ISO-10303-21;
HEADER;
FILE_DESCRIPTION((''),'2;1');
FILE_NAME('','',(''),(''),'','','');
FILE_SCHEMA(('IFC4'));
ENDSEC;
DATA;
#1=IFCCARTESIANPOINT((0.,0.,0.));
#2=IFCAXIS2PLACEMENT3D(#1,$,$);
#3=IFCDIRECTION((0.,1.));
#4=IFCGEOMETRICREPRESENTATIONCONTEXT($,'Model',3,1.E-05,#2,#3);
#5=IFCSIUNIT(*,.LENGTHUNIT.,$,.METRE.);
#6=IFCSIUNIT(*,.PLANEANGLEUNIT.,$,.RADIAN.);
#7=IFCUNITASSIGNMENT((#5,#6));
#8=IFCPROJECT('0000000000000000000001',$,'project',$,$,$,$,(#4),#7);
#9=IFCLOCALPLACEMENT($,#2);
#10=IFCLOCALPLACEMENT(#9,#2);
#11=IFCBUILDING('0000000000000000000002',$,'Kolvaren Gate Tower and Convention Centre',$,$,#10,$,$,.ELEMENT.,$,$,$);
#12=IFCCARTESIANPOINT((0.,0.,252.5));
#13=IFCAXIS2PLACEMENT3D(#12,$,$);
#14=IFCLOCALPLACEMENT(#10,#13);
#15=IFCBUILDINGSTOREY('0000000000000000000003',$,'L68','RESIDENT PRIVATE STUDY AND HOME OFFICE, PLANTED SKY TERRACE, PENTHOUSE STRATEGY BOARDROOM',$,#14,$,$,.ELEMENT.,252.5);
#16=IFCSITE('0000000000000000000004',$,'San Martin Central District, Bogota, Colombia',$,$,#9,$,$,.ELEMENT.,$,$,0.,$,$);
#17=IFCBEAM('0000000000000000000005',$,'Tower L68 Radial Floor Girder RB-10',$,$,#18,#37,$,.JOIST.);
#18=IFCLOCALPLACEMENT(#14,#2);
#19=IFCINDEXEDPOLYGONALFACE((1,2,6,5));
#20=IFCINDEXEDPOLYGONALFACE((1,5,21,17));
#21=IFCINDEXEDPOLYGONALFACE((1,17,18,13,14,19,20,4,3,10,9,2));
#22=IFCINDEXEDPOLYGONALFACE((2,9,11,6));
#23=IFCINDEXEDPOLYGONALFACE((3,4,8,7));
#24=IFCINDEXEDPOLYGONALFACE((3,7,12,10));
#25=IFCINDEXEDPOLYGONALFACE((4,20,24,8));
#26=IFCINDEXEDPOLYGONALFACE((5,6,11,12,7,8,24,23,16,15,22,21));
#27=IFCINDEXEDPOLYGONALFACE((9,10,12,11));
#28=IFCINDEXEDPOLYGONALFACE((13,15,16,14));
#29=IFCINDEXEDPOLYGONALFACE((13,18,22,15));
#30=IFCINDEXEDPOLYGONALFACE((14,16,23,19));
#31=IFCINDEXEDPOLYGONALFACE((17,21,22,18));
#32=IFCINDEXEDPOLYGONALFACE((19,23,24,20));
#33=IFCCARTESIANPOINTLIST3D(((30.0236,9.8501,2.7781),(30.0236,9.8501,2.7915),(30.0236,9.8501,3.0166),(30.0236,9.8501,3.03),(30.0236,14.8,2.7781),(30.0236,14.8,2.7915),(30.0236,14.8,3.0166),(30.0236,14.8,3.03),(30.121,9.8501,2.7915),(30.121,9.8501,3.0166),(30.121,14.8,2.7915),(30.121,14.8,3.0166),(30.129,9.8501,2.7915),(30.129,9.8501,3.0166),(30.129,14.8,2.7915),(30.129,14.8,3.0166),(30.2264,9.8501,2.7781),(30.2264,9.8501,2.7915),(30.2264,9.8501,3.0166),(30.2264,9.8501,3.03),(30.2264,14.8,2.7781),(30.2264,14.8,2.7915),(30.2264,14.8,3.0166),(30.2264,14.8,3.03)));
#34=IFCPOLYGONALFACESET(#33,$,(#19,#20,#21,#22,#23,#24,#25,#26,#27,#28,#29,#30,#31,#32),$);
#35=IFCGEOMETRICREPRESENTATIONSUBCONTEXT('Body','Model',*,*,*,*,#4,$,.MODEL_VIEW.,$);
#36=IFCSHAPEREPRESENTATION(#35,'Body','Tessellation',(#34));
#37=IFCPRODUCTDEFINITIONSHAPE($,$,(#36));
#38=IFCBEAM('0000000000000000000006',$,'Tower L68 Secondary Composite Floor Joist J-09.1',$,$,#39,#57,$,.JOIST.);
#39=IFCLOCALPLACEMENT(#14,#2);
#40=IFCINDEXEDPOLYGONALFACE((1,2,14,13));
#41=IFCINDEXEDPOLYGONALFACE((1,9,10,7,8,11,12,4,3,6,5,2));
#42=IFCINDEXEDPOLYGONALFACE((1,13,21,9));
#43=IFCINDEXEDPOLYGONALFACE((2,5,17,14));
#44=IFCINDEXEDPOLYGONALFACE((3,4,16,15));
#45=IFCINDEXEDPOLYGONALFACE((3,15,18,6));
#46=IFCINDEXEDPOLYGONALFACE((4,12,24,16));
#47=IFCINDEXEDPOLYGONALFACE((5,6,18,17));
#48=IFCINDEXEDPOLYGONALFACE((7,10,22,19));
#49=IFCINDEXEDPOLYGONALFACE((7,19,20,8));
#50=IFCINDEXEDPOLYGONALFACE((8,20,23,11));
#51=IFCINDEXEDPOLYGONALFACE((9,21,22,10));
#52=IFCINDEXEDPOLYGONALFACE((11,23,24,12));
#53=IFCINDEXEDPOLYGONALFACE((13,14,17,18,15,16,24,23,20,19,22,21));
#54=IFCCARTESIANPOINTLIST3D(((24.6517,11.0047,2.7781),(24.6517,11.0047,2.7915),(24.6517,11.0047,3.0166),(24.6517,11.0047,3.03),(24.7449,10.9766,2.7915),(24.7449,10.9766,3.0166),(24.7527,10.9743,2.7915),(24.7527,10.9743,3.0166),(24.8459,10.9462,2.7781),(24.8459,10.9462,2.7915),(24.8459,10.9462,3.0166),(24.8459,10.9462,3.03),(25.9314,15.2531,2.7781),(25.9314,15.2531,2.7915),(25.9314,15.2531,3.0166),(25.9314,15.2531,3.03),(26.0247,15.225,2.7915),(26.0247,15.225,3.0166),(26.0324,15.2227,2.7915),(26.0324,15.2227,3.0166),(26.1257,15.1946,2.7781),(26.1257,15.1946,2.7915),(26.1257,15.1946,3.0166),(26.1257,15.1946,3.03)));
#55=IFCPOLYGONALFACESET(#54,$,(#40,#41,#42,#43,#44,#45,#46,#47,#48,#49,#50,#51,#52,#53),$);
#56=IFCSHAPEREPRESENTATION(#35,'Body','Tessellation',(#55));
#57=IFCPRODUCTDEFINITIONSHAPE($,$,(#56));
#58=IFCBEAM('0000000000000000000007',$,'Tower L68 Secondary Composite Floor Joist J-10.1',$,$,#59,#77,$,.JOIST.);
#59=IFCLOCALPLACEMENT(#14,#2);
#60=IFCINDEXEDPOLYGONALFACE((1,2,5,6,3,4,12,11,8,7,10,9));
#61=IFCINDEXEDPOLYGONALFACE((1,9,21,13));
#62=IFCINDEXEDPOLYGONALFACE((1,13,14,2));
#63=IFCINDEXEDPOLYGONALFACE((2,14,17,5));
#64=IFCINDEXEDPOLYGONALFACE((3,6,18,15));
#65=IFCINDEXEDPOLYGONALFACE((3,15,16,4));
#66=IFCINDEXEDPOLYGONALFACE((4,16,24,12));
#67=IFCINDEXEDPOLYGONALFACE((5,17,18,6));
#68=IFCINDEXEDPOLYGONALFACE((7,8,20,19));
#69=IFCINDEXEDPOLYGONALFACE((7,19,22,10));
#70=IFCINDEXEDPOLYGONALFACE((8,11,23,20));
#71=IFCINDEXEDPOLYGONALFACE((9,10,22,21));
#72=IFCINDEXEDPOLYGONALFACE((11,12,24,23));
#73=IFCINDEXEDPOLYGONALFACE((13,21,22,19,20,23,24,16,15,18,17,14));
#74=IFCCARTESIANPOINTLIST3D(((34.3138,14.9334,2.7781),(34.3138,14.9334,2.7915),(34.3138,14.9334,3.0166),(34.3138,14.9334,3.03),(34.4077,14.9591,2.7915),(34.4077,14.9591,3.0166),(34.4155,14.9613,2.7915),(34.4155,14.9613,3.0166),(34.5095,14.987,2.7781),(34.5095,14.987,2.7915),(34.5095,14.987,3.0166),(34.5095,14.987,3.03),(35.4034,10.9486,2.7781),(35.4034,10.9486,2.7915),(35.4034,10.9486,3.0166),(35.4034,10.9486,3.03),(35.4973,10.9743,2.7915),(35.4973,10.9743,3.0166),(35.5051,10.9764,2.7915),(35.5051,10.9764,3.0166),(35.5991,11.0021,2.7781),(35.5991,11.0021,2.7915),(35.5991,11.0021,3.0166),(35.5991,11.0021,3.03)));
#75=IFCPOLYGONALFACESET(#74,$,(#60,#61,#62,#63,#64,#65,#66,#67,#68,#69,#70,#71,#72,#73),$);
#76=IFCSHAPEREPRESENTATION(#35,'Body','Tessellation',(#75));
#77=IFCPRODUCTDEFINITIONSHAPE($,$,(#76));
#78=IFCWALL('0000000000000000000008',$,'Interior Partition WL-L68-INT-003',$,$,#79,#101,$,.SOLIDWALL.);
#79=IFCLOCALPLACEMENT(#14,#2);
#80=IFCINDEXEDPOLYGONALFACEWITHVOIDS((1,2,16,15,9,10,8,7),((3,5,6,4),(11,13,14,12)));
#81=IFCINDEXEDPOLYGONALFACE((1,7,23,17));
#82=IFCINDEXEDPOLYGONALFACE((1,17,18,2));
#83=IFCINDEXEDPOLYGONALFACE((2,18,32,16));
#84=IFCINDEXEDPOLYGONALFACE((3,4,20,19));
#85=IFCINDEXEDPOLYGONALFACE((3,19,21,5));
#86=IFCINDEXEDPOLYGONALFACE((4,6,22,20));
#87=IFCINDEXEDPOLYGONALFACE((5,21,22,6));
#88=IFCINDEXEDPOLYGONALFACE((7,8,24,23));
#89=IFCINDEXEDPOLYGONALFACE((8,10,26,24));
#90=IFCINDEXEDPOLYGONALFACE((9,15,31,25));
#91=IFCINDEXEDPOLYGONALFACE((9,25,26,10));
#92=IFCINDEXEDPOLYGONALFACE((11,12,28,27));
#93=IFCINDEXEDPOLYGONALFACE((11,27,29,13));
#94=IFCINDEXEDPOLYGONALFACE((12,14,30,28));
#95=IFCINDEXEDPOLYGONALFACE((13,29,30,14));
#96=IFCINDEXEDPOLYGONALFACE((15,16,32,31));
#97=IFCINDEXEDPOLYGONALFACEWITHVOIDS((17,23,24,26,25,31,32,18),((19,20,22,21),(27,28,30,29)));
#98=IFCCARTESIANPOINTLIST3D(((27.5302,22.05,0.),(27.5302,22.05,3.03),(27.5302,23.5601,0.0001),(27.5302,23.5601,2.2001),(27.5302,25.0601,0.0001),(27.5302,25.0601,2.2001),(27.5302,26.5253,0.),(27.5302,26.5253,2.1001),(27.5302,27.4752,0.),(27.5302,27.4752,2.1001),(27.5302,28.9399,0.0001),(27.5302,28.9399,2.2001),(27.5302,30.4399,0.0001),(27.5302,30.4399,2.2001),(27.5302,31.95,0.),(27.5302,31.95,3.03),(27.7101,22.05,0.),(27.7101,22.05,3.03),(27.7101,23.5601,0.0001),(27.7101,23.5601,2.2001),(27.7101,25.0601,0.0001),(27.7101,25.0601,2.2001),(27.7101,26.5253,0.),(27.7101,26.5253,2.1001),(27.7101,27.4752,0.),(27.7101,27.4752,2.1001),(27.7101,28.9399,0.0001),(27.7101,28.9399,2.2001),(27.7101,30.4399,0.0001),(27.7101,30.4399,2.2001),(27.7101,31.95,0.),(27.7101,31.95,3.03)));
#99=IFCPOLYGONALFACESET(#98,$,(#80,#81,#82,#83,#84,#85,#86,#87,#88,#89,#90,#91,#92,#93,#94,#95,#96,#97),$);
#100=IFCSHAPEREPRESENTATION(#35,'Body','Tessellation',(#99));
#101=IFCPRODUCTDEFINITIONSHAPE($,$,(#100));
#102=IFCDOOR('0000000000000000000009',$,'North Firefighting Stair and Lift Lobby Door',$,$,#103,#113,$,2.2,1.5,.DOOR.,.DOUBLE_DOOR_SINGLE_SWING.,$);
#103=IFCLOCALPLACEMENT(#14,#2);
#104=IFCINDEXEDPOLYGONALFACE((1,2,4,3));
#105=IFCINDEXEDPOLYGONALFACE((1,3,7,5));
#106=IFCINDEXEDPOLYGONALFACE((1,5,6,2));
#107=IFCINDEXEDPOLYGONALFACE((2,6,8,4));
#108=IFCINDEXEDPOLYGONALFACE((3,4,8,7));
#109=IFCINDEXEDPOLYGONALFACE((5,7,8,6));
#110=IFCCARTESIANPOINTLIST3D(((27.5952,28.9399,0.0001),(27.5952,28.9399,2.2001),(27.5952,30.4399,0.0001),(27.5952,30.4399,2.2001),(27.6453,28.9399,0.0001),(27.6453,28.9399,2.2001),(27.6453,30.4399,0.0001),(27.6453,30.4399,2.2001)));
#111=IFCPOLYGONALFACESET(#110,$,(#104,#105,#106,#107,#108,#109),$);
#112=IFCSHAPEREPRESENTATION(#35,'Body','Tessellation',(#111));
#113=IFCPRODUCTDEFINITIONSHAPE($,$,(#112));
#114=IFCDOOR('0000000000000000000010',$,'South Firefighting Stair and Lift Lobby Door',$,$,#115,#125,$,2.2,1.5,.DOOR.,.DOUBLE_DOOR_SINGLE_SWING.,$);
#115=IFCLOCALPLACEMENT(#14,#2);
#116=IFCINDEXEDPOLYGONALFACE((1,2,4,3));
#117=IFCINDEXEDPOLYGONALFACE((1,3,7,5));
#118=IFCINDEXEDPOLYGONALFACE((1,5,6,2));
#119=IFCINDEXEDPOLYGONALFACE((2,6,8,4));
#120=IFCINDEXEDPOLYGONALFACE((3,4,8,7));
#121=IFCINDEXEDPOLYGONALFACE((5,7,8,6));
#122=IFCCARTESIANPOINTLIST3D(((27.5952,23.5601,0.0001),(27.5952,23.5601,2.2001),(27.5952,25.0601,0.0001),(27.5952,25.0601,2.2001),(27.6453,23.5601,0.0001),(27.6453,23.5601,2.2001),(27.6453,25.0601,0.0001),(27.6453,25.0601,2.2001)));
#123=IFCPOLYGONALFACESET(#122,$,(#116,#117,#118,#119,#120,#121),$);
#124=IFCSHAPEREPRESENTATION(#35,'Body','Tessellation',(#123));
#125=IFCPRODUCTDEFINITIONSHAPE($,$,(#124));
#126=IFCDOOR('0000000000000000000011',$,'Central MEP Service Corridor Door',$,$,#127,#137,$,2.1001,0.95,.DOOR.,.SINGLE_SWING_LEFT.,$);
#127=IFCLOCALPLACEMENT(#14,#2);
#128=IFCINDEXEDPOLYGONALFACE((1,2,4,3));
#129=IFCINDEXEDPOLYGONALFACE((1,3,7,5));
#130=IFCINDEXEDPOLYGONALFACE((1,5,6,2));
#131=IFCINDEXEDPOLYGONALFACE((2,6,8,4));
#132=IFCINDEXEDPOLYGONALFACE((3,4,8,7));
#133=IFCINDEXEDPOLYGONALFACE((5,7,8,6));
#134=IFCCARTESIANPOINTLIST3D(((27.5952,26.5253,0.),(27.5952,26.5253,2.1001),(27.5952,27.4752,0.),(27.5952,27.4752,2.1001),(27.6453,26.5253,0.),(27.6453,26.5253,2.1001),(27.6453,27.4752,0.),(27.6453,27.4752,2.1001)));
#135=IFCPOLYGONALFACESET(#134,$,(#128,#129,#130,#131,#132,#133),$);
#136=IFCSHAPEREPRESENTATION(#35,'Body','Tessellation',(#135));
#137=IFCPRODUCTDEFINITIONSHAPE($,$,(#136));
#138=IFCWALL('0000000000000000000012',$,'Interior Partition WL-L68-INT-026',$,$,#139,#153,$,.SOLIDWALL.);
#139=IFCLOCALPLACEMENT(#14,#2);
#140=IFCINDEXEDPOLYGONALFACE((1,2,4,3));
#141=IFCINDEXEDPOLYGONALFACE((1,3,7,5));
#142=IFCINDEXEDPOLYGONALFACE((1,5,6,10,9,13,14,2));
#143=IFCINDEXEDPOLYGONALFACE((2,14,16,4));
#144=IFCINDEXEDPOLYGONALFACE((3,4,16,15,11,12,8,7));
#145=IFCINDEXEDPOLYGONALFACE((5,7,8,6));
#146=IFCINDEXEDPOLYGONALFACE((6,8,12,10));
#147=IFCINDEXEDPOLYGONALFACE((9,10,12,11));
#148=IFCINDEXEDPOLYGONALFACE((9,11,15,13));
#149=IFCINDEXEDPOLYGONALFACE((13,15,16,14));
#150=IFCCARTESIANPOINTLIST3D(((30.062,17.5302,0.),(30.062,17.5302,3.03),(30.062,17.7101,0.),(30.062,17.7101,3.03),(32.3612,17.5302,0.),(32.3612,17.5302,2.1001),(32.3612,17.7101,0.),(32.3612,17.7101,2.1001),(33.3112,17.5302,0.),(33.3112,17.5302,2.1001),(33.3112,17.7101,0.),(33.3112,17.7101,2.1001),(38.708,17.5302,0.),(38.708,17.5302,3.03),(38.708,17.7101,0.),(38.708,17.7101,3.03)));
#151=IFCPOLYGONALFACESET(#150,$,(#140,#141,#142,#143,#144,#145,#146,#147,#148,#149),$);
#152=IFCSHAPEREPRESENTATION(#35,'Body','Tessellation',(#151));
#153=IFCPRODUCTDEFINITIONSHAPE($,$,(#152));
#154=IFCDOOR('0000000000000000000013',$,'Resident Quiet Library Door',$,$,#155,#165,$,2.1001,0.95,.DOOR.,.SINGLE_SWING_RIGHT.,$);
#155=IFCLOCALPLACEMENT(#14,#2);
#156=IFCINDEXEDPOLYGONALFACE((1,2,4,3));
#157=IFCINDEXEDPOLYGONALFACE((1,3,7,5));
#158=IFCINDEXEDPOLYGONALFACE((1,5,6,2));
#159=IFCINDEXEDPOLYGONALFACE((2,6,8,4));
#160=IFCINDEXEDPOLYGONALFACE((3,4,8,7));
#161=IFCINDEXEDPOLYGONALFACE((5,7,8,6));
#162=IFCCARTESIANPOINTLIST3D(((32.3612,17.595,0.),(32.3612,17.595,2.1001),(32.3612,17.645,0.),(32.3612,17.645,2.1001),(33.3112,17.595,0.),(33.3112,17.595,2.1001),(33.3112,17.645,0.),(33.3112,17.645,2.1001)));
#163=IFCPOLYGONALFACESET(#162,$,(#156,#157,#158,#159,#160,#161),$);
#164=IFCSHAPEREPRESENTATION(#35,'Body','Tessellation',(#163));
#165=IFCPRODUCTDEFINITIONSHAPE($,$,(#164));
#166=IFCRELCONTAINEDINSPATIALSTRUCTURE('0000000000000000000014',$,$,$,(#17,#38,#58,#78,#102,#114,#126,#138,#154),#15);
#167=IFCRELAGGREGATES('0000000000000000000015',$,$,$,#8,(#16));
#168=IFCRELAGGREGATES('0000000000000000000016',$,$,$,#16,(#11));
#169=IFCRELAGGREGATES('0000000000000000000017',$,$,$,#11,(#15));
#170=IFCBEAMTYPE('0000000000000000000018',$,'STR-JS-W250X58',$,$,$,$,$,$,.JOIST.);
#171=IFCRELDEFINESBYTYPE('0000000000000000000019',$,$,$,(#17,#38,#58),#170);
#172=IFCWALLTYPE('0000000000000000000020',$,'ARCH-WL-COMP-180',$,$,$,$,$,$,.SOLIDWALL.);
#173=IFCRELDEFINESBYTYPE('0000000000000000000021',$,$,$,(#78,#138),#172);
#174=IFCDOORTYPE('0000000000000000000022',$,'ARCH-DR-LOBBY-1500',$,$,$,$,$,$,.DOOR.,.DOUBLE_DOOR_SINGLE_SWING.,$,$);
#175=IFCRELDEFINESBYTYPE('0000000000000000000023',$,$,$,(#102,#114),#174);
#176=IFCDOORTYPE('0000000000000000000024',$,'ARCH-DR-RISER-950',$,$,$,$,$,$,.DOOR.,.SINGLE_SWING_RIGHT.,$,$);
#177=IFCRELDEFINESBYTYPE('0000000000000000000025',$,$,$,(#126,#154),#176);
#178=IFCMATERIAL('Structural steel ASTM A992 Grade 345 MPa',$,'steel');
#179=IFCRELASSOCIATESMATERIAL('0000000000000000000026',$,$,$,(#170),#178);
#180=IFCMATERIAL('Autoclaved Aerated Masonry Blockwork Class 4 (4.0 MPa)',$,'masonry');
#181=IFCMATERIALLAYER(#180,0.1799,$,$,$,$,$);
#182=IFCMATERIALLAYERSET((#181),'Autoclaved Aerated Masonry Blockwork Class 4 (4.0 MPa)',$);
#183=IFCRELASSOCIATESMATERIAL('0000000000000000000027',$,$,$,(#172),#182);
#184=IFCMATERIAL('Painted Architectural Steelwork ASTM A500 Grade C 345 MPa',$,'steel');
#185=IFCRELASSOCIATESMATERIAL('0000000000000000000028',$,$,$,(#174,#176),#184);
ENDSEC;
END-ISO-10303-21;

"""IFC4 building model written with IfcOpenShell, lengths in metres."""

from ifc_helpers import new_model, si_unit, direction, frame, frame_2d, origin, origin_2d, place, context, subcontext, project, spatial, rectangle, i_section, extrude, material, layer, layer_set, material_profile, profile_set, type_object, element, fill, save


model = new_model("IFC4")

# Units and contexts
model_context = context("Model", 3, precision=1e-05, world=origin(), true_north=direction((0.0, 1.0)))
body_context = subcontext(model_context, "Body", "Model", "MODEL_VIEW")
ifc_project = project(units=[si_unit("LENGTHUNIT", "METRE"), si_unit("PLANEANGLEUNIT", "RADIAN")], contexts=[model_context])

# Site, building, storey
site_placement = place(None, origin())
site = spatial("IfcSite", under=ifc_project, at=site_placement, Name="San Martin Central District, Bogota, Colombia", CompositionType="ELEMENT", RefElevation=0.0)
building_placement = place(site_placement, origin())
building = spatial("IfcBuilding", under=site, at=building_placement, Name="Kolvaren Gate Tower and Convention Centre", CompositionType="ELEMENT")
storey_placement = place(building_placement, frame((0.0, 0.0, 252.5)))
storey = spatial("IfcBuildingStorey", under=building, at=storey_placement, Name="L68", Description="RESIDENT PRIVATE STUDY AND HOME OFFICE, PLANTED SKY TERRACE, PENTHOUSE STRATEGY BOARDROOM", CompositionType="ELEMENT", Elevation=252.5)

# Beams
ifc_material_1 = material(Name="Structural steel ASTM A992 Grade 345 MPa", Category="steel")
ifc_material_profile = material_profile(ifc_material_1, i_section(OverallWidth=0.2029, OverallDepth=0.252, WebThickness=0.0081, FlangeThickness=0.0134, at=origin_2d()), Name="W250X58")
ifc_profile_set = profile_set([ifc_material_profile], Name="Structural steel ASTM A992 Grade 345 MPa")
beam_type = type_object("IfcBeamType", Name="STR-JS-W250X58", PredefinedType="JOIST", material=ifc_profile_set)
beam_1_placement = place(storey_placement, frame((30.125, 14.8, 2.9041), z_axis=(0.0, -1.0, 0.0), x_axis=(1.0, 0.0, 0.0)))
element("IfcBeam", 1, at=beam_1_placement, inside=storey, type_object=beam_type, Name="Tower L68 Radial Floor Girder RB-10", PredefinedType="JOIST", context=body_context, shape_type="SweptSolid", body=[
    extrude(i_section(OverallWidth=0.2029, OverallDepth=0.252, WebThickness=0.0081, FlangeThickness=0.0134, at=origin_2d()), origin(), (0.0, 0.0, 1.0), 4.95),
])
beam_2_placement = place(storey_placement, frame((26.0286, 15.2239, 2.9041), z_axis=(-0.288428, -0.957502, 0.0), x_axis=(0.957502, -0.288428, 0.0)))
element("IfcBeam", 2, at=beam_2_placement, inside=storey, type_object=beam_type, Name="Tower L68 Secondary Composite Floor Joist J-09.1", PredefinedType="JOIST", context=body_context, shape_type="SweptSolid", body=[
    extrude(i_section(OverallWidth=0.2029, OverallDepth=0.252, WebThickness=0.0081, FlangeThickness=0.0134, at=origin_2d()), origin(), (0.0, 0.0, 1.0), 4.437),
])
beam_3_placement = place(storey_placement, frame((34.4116, 14.9602, 2.9041), z_axis=(0.263752, -0.96459, 0.0), x_axis=(0.96459, 0.263752, 0.0)))
element("IfcBeam", 3, at=beam_3_placement, inside=storey, type_object=beam_type, Name="Tower L68 Secondary Composite Floor Joist J-10.1", PredefinedType="JOIST", context=body_context, shape_type="SweptSolid", body=[
    extrude(i_section(OverallWidth=0.2029, OverallDepth=0.252, WebThickness=0.0081, FlangeThickness=0.0134, at=origin_2d()), origin(), (0.0, 0.0, 1.0), 4.1311),
])

# Wall, openings, doors
ifc_material_2 = material(Name="Autoclaved Aerated Masonry Blockwork Class 4 (4.0 MPa)", Category="masonry")
ifc_layer_1 = layer(ifc_material_2, 0.1799)
ifc_layer_set_1 = layer_set([ifc_layer_1], Name="Autoclaved Aerated Masonry Blockwork Class 4 (4.0 MPa)")
wall_type_1 = type_object("IfcWallType", Name="ARCH-WL-COMP-180", PredefinedType="SOLIDWALL", material=ifc_layer_set_1)
wall_1_placement = place(storey_placement, frame((27.6201, 22.05, 0.0), z_axis=(0.0, 0.0, 1.0), x_axis=(0.0, 1.0, 0.0)))
wall_1 = element("IfcWall", 4, at=wall_1_placement, inside=storey, type_object=wall_type_1, Name="Interior Partition WL-L68-INT-003", PredefinedType="SOLIDWALL", context=body_context, shape_type="SweptSolid", body=[
    extrude(rectangle(XDim=9.8999, YDim=0.1799, at=frame_2d((4.95, 0.0))), origin(), (0.0, 0.0, 1.0), 3.03),
])
opening_1_placement = place(wall_1_placement, frame((4.4751, 0.0, 0.0)))
opening_1 = element("IfcOpeningElement", 5, at=opening_1_placement, cuts=wall_1, PredefinedType="OPENING", context=body_context, shape_type="SweptSolid", body=[
    extrude(rectangle(XDim=0.95, YDim=2.1001, at=frame_2d((0.4751, 1.05))), frame((0.0, 0.0999, 0.0), z_axis=(0.0, -1.0, 0.0), x_axis=(1.0, 0.0, 0.0)), (0.0, 0.0, 1.0), 0.2),
])
opening_2_placement = place(wall_1_placement, frame((6.8899, 0.0, 0.0)))
opening_2 = element("IfcOpeningElement", 6, at=opening_2_placement, cuts=wall_1, PredefinedType="OPENING", context=body_context, shape_type="SweptSolid", body=[
    extrude(rectangle(XDim=1.5, YDim=2.2, at=frame_2d((0.75, 1.1001))), frame((0.0, 0.0999, 0.0), z_axis=(0.0, -1.0, 0.0), x_axis=(1.0, 0.0, 0.0)), (0.0, 0.0, 1.0), 0.2),
])
opening_3_placement = place(wall_1_placement, frame((1.51, 0.0, 0.0)))
opening_3 = element("IfcOpeningElement", 7, at=opening_3_placement, cuts=wall_1, PredefinedType="OPENING", context=body_context, shape_type="SweptSolid", body=[
    extrude(rectangle(XDim=1.5, YDim=2.2, at=frame_2d((0.75, 1.1001))), frame((0.0, 0.0999, 0.0), z_axis=(0.0, -1.0, 0.0), x_axis=(1.0, 0.0, 0.0)), (0.0, 0.0, 1.0), 0.2),
])
ifc_material_3 = material(Name="Painted Architectural Steelwork ASTM A500 Grade C 345 MPa", Category="steel")
door_type_1 = type_object("IfcDoorType", Name="ARCH-DR-LOBBY-1500", OperationType="DOUBLE_DOOR_SINGLE_SWING", PredefinedType="DOOR", material=ifc_material_3)
door_1_placement = place(opening_2_placement, origin())
door_1 = element("IfcDoor", 8, at=door_1_placement, inside=storey, type_object=door_type_1, Name="North Firefighting Stair and Lift Lobby Door", OperationType="DOUBLE_DOOR_SINGLE_SWING", OverallHeight=2.2, OverallWidth=1.5, PredefinedType="DOOR", context=body_context, shape_type="SweptSolid", body=[
    extrude(rectangle(XDim=1.5, YDim=2.2, at=frame_2d((0.75, 1.1001))), frame((0.0, 0.0249, 0.0), z_axis=(0.0, -1.0, 0.0), x_axis=(1.0, 0.0, 0.0)), (0.0, 0.0, 1.0), 0.05),
])
fill(opening_2, door_1)
door_2_placement = place(opening_3_placement, origin())
door_2 = element("IfcDoor", 9, at=door_2_placement, inside=storey, type_object=door_type_1, Name="South Firefighting Stair and Lift Lobby Door", OperationType="DOUBLE_DOOR_SINGLE_SWING", OverallHeight=2.2, OverallWidth=1.5, PredefinedType="DOOR", context=body_context, shape_type="SweptSolid", body=[
    extrude(rectangle(XDim=1.5, YDim=2.2, at=frame_2d((0.75, 1.1001))), frame((0.0, 0.0249, 0.0), z_axis=(0.0, -1.0, 0.0), x_axis=(1.0, 0.0, 0.0)), (0.0, 0.0, 1.0), 0.05),
])
fill(opening_3, door_2)
door_type_2 = type_object("IfcDoorType", Name="ARCH-DR-RISER-950", OperationType="SINGLE_SWING_RIGHT", PredefinedType="DOOR", material=ifc_material_3)
door_3_placement = place(opening_1_placement, origin())
door_3 = element("IfcDoor", 10, at=door_3_placement, inside=storey, type_object=door_type_2, Name="Central MEP Service Corridor Door", OperationType="SINGLE_SWING_LEFT", OverallHeight=2.1001, OverallWidth=0.95, PredefinedType="DOOR", context=body_context, shape_type="SweptSolid", body=[
    extrude(rectangle(XDim=0.95, YDim=2.1001, at=frame_2d((0.4751, 1.05))), frame((0.0, 0.0249, 0.0), z_axis=(0.0, -1.0, 0.0), x_axis=(1.0, 0.0, 0.0)), (0.0, 0.0, 1.0), 0.05),
])
fill(opening_1, door_3)

# Wall, opening, door
wall_2_placement = place(storey_placement, frame((30.062, 17.6201, 0.0), z_axis=(0.0, 0.0, 1.0), x_axis=(1.0, 0.0, 0.0)))
wall_2 = element("IfcWall", 11, at=wall_2_placement, inside=storey, type_object=wall_type_1, Name="Interior Partition WL-L68-INT-026", PredefinedType="SOLIDWALL", context=body_context, shape_type="SweptSolid", body=[
    extrude(rectangle(XDim=8.646, YDim=0.1799, at=frame_2d((4.323, 0.0))), origin(), (0.0, 0.0, 1.0), 3.03),
])
opening_4_placement = place(wall_2_placement, frame((2.2991, 0.0, 0.0)))
opening_4 = element("IfcOpeningElement", 12, at=opening_4_placement, cuts=wall_2, PredefinedType="OPENING", context=body_context, shape_type="SweptSolid", body=[
    extrude(rectangle(XDim=0.95, YDim=2.1001, at=frame_2d((0.4751, 1.05))), frame((0.0, 0.0999, 0.0), z_axis=(0.0, -1.0, 0.0), x_axis=(1.0, 0.0, 0.0)), (0.0, 0.0, 1.0), 0.2),
])
door_4_placement = place(opening_4_placement, origin())
door_4 = element("IfcDoor", 13, at=door_4_placement, inside=storey, type_object=door_type_2, Name="Resident Quiet Library Door", OperationType="SINGLE_SWING_RIGHT", OverallHeight=2.1001, OverallWidth=0.95, PredefinedType="DOOR", context=body_context, shape_type="SweptSolid", body=[
    extrude(rectangle(XDim=0.95, YDim=2.1001, at=frame_2d((0.4751, 1.05))), frame((0.0, 0.0249, 0.0), z_axis=(0.0, -1.0, 0.0), x_axis=(1.0, 0.0, 0.0)), (0.0, 0.0, 1.0), 0.05),
])
fill(opening_4, door_4)

save(model, "model.ifc")
